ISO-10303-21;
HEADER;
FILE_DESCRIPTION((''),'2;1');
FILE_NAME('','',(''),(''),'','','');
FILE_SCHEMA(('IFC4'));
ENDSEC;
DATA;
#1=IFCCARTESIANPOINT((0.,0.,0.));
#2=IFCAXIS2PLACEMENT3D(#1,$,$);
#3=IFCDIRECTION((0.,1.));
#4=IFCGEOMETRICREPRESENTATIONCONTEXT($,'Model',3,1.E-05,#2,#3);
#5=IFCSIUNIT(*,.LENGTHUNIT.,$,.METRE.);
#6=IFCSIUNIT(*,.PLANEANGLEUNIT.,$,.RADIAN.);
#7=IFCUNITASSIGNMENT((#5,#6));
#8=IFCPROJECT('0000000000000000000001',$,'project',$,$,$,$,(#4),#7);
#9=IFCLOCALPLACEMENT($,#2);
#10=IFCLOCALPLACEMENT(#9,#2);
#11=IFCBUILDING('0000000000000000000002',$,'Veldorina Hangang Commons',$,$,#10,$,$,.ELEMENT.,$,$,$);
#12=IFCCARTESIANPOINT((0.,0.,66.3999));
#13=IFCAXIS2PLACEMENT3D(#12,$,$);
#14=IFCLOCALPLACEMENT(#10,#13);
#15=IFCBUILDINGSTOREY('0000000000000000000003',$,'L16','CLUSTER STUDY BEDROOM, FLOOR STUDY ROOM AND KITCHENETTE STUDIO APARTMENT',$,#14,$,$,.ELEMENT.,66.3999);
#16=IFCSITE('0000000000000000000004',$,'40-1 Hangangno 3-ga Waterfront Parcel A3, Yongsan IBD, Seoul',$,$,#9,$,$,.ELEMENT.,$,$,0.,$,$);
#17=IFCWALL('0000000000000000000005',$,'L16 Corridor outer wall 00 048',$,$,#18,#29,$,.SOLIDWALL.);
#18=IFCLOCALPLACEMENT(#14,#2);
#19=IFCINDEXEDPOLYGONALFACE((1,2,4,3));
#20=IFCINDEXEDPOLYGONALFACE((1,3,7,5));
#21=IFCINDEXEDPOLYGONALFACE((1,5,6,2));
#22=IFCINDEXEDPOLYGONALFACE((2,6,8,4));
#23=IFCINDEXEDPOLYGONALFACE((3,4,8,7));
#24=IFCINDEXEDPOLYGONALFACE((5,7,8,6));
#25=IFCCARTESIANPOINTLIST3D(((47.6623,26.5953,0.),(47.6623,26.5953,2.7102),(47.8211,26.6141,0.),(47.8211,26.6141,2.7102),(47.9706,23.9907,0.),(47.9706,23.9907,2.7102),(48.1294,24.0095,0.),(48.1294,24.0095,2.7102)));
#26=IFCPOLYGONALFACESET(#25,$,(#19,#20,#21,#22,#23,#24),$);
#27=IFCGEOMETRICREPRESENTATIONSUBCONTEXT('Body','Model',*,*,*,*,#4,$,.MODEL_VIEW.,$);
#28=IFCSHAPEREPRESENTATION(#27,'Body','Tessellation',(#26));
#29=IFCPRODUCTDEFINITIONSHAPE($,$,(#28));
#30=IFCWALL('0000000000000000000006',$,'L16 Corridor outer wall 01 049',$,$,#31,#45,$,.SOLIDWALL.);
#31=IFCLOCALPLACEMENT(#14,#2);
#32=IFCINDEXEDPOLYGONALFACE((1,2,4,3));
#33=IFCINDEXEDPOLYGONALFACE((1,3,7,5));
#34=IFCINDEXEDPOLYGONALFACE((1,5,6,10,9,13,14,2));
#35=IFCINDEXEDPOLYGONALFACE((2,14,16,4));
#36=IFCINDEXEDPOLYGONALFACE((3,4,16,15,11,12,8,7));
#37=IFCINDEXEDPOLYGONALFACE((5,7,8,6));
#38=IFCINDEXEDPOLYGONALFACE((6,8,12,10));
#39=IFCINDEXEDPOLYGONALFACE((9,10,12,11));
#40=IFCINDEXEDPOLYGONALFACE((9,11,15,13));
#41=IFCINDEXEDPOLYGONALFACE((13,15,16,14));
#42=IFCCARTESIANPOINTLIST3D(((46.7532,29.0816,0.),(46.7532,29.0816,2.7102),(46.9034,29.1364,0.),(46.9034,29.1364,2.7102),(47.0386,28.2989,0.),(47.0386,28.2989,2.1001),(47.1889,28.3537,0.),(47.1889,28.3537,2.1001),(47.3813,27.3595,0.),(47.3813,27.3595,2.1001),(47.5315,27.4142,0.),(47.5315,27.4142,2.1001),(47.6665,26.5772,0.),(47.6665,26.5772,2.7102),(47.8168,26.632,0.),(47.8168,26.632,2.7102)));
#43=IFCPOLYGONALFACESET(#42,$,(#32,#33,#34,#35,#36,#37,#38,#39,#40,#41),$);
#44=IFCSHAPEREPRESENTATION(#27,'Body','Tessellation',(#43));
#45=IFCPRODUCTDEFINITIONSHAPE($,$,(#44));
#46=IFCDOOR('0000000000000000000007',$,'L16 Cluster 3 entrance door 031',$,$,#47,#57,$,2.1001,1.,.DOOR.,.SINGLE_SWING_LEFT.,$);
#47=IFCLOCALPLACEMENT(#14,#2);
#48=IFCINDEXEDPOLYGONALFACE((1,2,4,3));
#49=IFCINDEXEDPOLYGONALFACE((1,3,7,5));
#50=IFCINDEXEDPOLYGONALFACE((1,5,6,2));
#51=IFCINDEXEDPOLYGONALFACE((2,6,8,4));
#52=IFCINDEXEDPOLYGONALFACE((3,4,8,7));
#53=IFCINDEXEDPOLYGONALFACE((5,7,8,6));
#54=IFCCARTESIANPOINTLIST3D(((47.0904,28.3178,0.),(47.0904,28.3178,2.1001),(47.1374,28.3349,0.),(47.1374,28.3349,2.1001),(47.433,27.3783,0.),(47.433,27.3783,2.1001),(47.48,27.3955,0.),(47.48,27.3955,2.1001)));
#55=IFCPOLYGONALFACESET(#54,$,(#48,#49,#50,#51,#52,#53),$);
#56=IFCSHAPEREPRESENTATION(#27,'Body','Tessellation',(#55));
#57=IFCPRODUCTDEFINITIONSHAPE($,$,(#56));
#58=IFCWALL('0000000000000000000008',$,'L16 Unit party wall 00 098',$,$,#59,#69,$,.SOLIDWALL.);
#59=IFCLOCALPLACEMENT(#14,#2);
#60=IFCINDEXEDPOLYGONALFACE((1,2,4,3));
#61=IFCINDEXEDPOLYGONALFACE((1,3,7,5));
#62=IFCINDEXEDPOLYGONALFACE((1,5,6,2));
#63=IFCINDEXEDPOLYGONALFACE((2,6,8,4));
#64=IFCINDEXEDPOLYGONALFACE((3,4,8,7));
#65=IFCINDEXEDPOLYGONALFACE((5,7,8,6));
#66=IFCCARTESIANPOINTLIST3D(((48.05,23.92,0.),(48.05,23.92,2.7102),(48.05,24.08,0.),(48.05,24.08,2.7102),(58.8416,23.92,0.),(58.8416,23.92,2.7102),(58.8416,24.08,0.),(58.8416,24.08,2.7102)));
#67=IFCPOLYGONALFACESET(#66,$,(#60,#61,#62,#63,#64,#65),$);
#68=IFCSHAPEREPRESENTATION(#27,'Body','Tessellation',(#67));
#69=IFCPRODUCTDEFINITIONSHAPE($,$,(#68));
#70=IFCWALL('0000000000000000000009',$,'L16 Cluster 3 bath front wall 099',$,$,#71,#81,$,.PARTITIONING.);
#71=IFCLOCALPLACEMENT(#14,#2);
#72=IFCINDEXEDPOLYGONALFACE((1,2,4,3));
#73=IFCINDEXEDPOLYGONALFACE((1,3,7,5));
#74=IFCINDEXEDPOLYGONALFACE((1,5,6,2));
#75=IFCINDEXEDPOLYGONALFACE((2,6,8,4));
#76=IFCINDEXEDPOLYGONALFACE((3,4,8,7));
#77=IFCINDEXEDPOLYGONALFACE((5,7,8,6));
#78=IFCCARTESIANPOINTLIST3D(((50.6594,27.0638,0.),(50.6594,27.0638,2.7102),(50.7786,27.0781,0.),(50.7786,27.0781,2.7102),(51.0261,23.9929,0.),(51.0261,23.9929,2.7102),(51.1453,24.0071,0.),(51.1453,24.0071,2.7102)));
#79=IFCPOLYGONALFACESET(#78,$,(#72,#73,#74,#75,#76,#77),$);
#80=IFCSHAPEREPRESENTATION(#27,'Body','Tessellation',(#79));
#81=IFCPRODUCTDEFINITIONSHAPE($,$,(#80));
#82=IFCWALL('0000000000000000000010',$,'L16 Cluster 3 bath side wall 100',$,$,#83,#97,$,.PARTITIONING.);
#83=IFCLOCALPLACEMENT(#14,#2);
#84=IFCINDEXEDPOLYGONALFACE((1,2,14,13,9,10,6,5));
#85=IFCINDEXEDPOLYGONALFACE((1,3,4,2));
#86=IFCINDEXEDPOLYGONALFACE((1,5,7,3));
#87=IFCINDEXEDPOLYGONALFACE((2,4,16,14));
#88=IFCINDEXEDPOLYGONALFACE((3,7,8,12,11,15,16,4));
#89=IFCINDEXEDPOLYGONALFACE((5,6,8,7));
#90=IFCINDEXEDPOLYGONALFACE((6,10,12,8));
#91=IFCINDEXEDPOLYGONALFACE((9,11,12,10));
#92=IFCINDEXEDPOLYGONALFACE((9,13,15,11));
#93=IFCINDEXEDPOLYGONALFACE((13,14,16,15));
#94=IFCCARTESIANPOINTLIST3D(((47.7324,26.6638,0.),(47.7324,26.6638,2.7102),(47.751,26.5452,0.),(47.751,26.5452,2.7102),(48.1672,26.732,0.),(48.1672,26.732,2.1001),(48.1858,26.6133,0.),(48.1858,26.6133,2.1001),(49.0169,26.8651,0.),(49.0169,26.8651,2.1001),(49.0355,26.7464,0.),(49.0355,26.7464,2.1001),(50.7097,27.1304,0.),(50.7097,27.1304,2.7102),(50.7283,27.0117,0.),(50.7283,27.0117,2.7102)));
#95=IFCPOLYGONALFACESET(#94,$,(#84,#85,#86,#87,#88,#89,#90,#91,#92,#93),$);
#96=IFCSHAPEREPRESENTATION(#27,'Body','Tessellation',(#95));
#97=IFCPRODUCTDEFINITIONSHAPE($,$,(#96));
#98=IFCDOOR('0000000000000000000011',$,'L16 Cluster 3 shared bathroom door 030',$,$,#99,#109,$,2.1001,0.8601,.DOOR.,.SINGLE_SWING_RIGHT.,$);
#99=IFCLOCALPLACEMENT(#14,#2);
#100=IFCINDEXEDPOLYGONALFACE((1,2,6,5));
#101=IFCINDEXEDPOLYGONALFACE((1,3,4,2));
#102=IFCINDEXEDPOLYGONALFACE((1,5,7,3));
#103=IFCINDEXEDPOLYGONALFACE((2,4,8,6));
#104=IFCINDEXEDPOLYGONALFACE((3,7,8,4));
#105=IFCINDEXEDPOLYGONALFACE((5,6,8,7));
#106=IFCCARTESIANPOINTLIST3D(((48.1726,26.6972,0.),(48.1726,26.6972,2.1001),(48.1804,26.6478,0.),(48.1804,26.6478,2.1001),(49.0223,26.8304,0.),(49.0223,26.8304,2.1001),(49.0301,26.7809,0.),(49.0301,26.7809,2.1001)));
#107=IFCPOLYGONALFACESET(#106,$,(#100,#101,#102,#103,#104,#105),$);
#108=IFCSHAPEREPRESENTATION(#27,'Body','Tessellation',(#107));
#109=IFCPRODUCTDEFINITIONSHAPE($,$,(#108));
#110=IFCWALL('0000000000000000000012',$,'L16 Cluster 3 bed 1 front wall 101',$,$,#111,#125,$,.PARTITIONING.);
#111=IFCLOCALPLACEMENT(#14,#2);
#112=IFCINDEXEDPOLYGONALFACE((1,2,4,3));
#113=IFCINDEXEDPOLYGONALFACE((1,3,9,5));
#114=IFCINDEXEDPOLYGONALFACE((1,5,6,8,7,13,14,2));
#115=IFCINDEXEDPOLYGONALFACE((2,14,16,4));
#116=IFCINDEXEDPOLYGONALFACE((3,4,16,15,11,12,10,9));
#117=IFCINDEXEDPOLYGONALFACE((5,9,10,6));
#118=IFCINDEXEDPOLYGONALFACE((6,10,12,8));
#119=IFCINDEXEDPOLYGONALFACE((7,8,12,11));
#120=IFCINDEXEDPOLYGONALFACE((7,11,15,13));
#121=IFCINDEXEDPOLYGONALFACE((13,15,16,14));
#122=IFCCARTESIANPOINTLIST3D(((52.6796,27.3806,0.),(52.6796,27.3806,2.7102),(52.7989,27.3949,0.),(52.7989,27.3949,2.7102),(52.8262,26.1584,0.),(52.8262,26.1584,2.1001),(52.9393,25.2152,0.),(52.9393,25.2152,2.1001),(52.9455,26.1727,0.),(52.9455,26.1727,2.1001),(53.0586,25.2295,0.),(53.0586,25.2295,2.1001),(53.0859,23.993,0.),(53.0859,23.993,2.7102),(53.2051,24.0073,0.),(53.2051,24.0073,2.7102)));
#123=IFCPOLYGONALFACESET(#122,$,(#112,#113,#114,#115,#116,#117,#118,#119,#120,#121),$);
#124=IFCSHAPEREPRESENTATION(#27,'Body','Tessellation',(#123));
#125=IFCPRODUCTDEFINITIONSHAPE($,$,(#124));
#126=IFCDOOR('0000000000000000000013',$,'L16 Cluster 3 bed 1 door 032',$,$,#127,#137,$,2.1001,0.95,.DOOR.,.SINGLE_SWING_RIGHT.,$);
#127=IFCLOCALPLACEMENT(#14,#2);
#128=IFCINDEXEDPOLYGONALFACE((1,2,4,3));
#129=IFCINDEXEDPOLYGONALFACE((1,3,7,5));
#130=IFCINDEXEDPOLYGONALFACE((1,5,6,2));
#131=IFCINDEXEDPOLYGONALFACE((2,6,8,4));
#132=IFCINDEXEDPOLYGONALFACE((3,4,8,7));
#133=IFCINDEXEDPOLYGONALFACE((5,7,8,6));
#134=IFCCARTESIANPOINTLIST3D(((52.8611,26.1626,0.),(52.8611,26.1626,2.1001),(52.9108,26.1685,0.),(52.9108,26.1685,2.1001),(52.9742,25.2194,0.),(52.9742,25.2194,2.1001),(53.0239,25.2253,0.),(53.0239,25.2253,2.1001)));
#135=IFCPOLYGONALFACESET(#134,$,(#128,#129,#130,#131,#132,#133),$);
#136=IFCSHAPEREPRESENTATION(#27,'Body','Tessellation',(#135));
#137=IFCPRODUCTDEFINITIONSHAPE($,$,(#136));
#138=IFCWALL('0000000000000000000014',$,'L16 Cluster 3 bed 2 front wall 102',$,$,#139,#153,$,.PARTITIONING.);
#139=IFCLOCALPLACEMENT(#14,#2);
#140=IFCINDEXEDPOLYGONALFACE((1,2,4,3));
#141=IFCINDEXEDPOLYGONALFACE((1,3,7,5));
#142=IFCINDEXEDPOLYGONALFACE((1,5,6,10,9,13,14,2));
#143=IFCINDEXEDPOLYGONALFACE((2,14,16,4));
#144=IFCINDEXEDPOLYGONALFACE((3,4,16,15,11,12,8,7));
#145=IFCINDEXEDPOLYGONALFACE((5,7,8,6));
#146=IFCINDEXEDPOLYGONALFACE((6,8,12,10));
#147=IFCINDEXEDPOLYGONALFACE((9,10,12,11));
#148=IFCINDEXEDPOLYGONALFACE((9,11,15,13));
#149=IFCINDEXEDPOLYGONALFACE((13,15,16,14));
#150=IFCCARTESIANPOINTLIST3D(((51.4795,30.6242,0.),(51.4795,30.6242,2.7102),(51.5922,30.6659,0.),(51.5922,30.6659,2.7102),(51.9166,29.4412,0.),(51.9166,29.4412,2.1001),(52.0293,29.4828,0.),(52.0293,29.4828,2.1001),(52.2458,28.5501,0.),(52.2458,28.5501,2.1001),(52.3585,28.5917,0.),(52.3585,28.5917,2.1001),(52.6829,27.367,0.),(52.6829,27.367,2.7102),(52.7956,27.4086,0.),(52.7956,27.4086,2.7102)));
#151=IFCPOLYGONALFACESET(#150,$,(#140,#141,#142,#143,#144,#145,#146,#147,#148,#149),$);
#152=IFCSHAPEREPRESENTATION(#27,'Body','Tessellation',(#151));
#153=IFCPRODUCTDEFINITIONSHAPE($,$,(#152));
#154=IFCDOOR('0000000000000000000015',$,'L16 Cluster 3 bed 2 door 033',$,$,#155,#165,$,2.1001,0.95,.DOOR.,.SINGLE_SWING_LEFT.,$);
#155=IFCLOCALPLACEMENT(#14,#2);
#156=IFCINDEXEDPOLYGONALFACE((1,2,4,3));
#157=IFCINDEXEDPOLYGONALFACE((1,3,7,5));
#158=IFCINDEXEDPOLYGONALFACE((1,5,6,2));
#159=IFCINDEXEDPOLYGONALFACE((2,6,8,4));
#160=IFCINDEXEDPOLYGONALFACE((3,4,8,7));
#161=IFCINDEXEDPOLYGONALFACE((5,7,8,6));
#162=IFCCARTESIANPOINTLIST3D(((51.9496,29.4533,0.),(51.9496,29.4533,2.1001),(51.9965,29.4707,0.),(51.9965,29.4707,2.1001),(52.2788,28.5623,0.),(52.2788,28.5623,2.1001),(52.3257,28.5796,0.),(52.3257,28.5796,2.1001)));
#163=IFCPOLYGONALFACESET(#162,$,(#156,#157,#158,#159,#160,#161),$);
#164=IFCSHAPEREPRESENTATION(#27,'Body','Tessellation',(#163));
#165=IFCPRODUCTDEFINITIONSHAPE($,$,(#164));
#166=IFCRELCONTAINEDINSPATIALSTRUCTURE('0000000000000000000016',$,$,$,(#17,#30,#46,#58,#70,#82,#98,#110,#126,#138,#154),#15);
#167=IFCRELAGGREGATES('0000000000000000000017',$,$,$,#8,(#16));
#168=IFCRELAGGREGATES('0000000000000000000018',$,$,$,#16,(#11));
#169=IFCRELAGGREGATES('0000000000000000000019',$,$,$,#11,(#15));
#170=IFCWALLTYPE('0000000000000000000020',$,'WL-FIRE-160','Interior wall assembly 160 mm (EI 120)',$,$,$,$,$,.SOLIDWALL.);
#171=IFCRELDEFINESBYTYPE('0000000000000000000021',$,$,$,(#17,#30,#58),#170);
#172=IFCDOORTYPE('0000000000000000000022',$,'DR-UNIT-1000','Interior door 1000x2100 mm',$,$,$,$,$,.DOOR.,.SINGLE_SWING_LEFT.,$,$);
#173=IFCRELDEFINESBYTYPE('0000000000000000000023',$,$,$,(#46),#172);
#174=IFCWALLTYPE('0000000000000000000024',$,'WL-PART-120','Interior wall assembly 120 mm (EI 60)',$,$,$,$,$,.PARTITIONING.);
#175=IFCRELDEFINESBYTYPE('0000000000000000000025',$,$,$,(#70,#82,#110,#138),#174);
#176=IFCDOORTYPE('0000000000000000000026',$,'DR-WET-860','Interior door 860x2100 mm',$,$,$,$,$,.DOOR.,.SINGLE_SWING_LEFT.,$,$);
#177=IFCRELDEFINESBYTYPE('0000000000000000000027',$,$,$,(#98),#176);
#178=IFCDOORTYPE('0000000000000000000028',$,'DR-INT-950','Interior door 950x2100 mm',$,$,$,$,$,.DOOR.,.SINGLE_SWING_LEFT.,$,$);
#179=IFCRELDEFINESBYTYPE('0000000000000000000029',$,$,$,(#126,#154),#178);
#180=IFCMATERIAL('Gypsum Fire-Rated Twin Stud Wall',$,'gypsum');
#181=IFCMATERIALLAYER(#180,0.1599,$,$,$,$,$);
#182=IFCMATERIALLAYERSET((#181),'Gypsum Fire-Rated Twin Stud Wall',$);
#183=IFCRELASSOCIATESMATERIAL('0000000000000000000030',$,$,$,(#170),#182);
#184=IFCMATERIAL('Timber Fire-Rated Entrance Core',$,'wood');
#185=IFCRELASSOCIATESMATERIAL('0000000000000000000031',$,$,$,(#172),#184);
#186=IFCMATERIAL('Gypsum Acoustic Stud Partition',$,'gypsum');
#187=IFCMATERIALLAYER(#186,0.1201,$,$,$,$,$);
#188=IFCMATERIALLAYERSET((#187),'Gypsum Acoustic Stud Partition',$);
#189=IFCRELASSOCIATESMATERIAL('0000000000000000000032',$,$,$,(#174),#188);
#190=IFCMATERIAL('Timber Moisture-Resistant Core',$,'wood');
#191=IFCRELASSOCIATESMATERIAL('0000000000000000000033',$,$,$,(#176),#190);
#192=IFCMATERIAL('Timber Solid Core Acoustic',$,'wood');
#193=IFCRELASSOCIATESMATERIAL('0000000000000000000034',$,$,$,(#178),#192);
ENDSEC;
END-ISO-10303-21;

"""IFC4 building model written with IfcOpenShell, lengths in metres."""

from ifc_helpers import new_model, si_unit, direction, frame, frame_2d, origin, place, context, subcontext, project, spatial, rectangle, extrude, material, layer, layer_set, type_object, element, fill, save


model = new_model("IFC4")

# Units and contexts
model_context = context("Model", 3, precision=1e-05, world=origin(), true_north=direction((0.0, 1.0)))
body_context = subcontext(model_context, "Body", "Model", "MODEL_VIEW")
ifc_project = project(units=[si_unit("LENGTHUNIT", "METRE"), si_unit("PLANEANGLEUNIT", "RADIAN")], contexts=[model_context])

# Site, building, storey
site_placement = place(None, origin())
site = spatial("IfcSite", under=ifc_project, at=site_placement, Name="40-1 Hangangno 3-ga Waterfront Parcel A3, Yongsan IBD, Seoul", CompositionType="ELEMENT", RefElevation=0.0)
building_placement = place(site_placement, origin())
building = spatial("IfcBuilding", under=site, at=building_placement, Name="Veldorina Hangang Commons", CompositionType="ELEMENT")
storey_placement = place(building_placement, frame((0.0, 0.0, 66.3999)))
storey = spatial("IfcBuildingStorey", under=building, at=storey_placement, Name="L16", Description="CLUSTER STUDY BEDROOM, FLOOR STUDY ROOM AND KITCHENETTE STUDIO APARTMENT", CompositionType="ELEMENT", Elevation=66.3999)

# Wall
ifc_material_1 = material(Name="Gypsum Fire-Rated Twin Stud Wall", Category="gypsum")
ifc_layer_1 = layer(ifc_material_1, 0.1599)
ifc_layer_set_1 = layer_set([ifc_layer_1], Name="Gypsum Fire-Rated Twin Stud Wall")
wall_type_1 = type_object("IfcWallType", Name="WL-FIRE-160", Description="Interior wall assembly 160 mm (EI 120)", PredefinedType="SOLIDWALL", material=ifc_layer_set_1)
wall_1_placement = place(storey_placement, frame((48.05, 24.0, 0.0), z_axis=(0.0, 0.0, 1.0), x_axis=(-0.11757, 0.993065, 0.0)))
element("IfcWall", 1, at=wall_1_placement, inside=storey, type_object=wall_type_1, Name="L16 Corridor outer wall 00 048", PredefinedType="SOLIDWALL", context=body_context, shape_type="SweptSolid", body=[
    extrude(rectangle(XDim=2.6228, YDim=0.1599, at=frame_2d((1.3115, 0.0))), origin(), (0.0, 0.0, 1.0), 2.7102),
])

# Wall, opening, door
wall_2_placement = place(storey_placement, frame((47.7417, 26.6045, 0.0), z_axis=(0.0, 0.0, 1.0), x_axis=(-0.342618, 0.939475, 0.0)))
wall_2 = element("IfcWall", 2, at=wall_2_placement, inside=storey, type_object=wall_type_1, Name="L16 Corridor outer wall 01 049", PredefinedType="SOLIDWALL", context=body_context, shape_type="SweptSolid", body=[
    extrude(rectangle(XDim=2.6658, YDim=0.1599, at=frame_2d((1.333, 0.0))), origin(), (0.0, 0.0, 1.0), 2.7102),
])
opening_1_placement = place(wall_2_placement, frame((0.8328, 0.0, 0.0)))
opening_1 = element("IfcOpeningElement", 3, at=opening_1_placement, cuts=wall_2, PredefinedType="OPENING", context=body_context, shape_type="SweptSolid", body=[
    extrude(rectangle(XDim=1.0, YDim=2.1001, at=frame_2d((0.5, 1.05))), frame((0.0, 0.0898, 0.0), z_axis=(0.0, -1.0, 0.0), x_axis=(1.0, 0.0, 0.0)), (0.0, 0.0, 1.0), 0.1799),
])
ifc_material_2 = material(Name="Timber Fire-Rated Entrance Core", Category="wood")
door_type_1 = type_object("IfcDoorType", Name="DR-UNIT-1000", Description="Interior door 1000x2100 mm", OperationType="SINGLE_SWING_LEFT", PredefinedType="DOOR", material=ifc_material_2)
door_1_placement = place(opening_1_placement, origin())
door_1 = element("IfcDoor", 4, at=door_1_placement, inside=storey, type_object=door_type_1, Name="L16 Cluster 3 entrance door 031", OperationType="SINGLE_SWING_LEFT", OverallHeight=2.1001, OverallWidth=1.0, PredefinedType="DOOR", context=body_context, shape_type="SweptSolid", body=[
    extrude(rectangle(XDim=1.0, YDim=2.1001, at=frame_2d((0.5, 1.05))), frame((0.0, 0.0249, 0.0), z_axis=(0.0, -1.0, 0.0), x_axis=(1.0, 0.0, 0.0)), (0.0, 0.0, 1.0), 0.05),
])
fill(opening_1, door_1)

# Walls
wall_3_placement = place(storey_placement, frame((48.05, 24.0, 0.0), z_axis=(0.0, 0.0, 1.0), x_axis=(1.0, 0.0, 0.0)))
element("IfcWall", 5, at=wall_3_placement, inside=storey, type_object=wall_type_1, Name="L16 Unit party wall 00 098", PredefinedType="SOLIDWALL", context=body_context, shape_type="SweptSolid", body=[
    extrude(rectangle(XDim=10.7915, YDim=0.1599, at=frame_2d((5.3958, 0.0))), origin(), (0.0, 0.0, 1.0), 2.7102),
])
ifc_material_3 = material(Name="Gypsum Acoustic Stud Partition", Category="gypsum")
ifc_layer_2 = layer(ifc_material_3, 0.1201)
ifc_layer_set_2 = layer_set([ifc_layer_2], Name="Gypsum Acoustic Stud Partition")
wall_type_2 = type_object("IfcWallType", Name="WL-PART-120", Description="Interior wall assembly 120 mm (EI 60)", PredefinedType="PARTITIONING", material=ifc_layer_set_2)
wall_4_placement = place(storey_placement, frame((51.0857, 24.0, 0.0), z_axis=(0.0, 0.0, 1.0), x_axis=(-0.118563, 0.992947, 0.0)))
element("IfcWall", 6, at=wall_4_placement, inside=storey, type_object=wall_type_2, Name="L16 Cluster 3 bath front wall 099", PredefinedType="PARTITIONING", context=body_context, shape_type="SweptSolid", body=[
    extrude(rectangle(XDim=3.0928, YDim=0.1201, at=frame_2d((1.5464, 0.0))), origin(), (0.0, 0.0, 1.0), 2.7102),
])

# Walls, openings, doors
wall_5_placement = place(storey_placement, frame((47.7417, 26.6045, 0.0), z_axis=(0.0, 0.0, 1.0), x_axis=(0.987944, 0.154814, 0.0)))
wall_5 = element("IfcWall", 7, at=wall_5_placement, inside=storey, type_object=wall_type_2, Name="L16 Cluster 3 bath side wall 100", PredefinedType="PARTITIONING", context=body_context, shape_type="SweptSolid", body=[
    extrude(rectangle(XDim=3.0137, YDim=0.1201, at=frame_2d((1.5068, 0.0))), origin(), (0.0, 0.0, 1.0), 2.7102),
])
opening_2_placement = place(wall_5_placement, frame((0.4399, 0.0, 0.0)))
opening_2 = element("IfcOpeningElement", 8, at=opening_2_placement, cuts=wall_5, PredefinedType="OPENING", context=body_context, shape_type="SweptSolid", body=[
    extrude(rectangle(XDim=0.8601, YDim=2.1001, at=frame_2d((0.4302, 1.05))), frame((0.0, 0.0701, 0.0), z_axis=(0.0, -1.0, 0.0), x_axis=(1.0, 0.0, 0.0)), (0.0, 0.0, 1.0), 0.1401),
])
ifc_material_4 = material(Name="Timber Moisture-Resistant Core", Category="wood")
door_type_2 = type_object("IfcDoorType", Name="DR-WET-860", Description="Interior door 860x2100 mm", OperationType="SINGLE_SWING_LEFT", PredefinedType="DOOR", material=ifc_material_4)
door_2_placement = place(opening_2_placement, origin())
door_2 = element("IfcDoor", 9, at=door_2_placement, inside=storey, type_object=door_type_2, Name="L16 Cluster 3 shared bathroom door 030", OperationType="SINGLE_SWING_RIGHT", OverallHeight=2.1001, OverallWidth=0.8601, PredefinedType="DOOR", context=body_context, shape_type="SweptSolid", body=[
    extrude(rectangle(XDim=0.8601, YDim=2.1001, at=frame_2d((0.4302, 1.05))), frame((0.0, 0.0249, 0.0), z_axis=(0.0, -1.0, 0.0), x_axis=(1.0, 0.0, 0.0)), (0.0, 0.0, 1.0), 0.05),
])
fill(opening_2, door_2)
wall_6_placement = place(storey_placement, frame((53.1455, 24.0, 0.0), z_axis=(0.0, 0.0, 1.0), x_axis=(-0.119066, 0.992886, 0.0)))
wall_6 = element("IfcWall", 10, at=wall_6_placement, inside=storey, type_object=wall_type_2, Name="L16 Cluster 3 bed 1 front wall 101", PredefinedType="PARTITIONING", context=body_context, shape_type="SweptSolid", body=[
    extrude(rectangle(XDim=3.4119, YDim=0.1201, at=frame_2d((1.7061, 0.0))), origin(), (0.0, 0.0, 1.0), 2.7102),
])
opening_3_placement = place(wall_6_placement, frame((1.231, 0.0, 0.0)))
opening_3 = element("IfcOpeningElement", 11, at=opening_3_placement, cuts=wall_6, PredefinedType="OPENING", context=body_context, shape_type="SweptSolid", body=[
    extrude(rectangle(XDim=0.95, YDim=2.1001, at=frame_2d((0.4751, 1.05))), frame((0.0, 0.0701, 0.0), z_axis=(0.0, -1.0, 0.0), x_axis=(1.0, 0.0, 0.0)), (0.0, 0.0, 1.0), 0.1401),
])
ifc_material_5 = material(Name="Timber Solid Core Acoustic", Category="wood")
door_type_3 = type_object("IfcDoorType", Name="DR-INT-950", Description="Interior door 950x2100 mm", OperationType="SINGLE_SWING_LEFT", PredefinedType="DOOR", material=ifc_material_5)
door_3_placement = place(opening_3_placement, origin())
door_3 = element("IfcDoor", 12, at=door_3_placement, inside=storey, type_object=door_type_3, Name="L16 Cluster 3 bed 1 door 032", OperationType="SINGLE_SWING_RIGHT", OverallHeight=2.1001, OverallWidth=0.95, PredefinedType="DOOR", context=body_context, shape_type="SweptSolid", body=[
    extrude(rectangle(XDim=0.95, YDim=2.1001, at=frame_2d((0.4751, 1.05))), frame((0.0, 0.0249, 0.0), z_axis=(0.0, -1.0, 0.0), x_axis=(1.0, 0.0, 0.0)), (0.0, 0.0, 1.0), 0.05),
])
fill(opening_3, door_3)
wall_7_placement = place(storey_placement, frame((52.7393, 27.3877, 0.0), z_axis=(0.0, 0.0, 1.0), x_axis=(-0.346543, 0.938034, 0.0)))
wall_7 = element("IfcWall", 13, at=wall_7_placement, inside=storey, type_object=wall_type_2, Name="L16 Cluster 3 bed 2 front wall 102", PredefinedType="PARTITIONING", context=body_context, shape_type="SweptSolid", body=[
    extrude(rectangle(XDim=3.4724, YDim=0.1201, at=frame_2d((1.7363, 0.0))), origin(), (0.0, 0.0, 1.0), 2.7102),
])
opening_4_placement = place(wall_7_placement, frame((1.2612, 0.0, 0.0)))
opening_4 = element("IfcOpeningElement", 14, at=opening_4_placement, cuts=wall_7, PredefinedType="OPENING", context=body_context, shape_type="SweptSolid", body=[
    extrude(rectangle(XDim=0.95, YDim=2.1001, at=frame_2d((0.4751, 1.05))), frame((0.0, 0.0701, 0.0), z_axis=(0.0, -1.0, 0.0), x_axis=(1.0, 0.0, 0.0)), (0.0, 0.0, 1.0), 0.1401),
])
door_4_placement = place(opening_4_placement, origin())
door_4 = element("IfcDoor", 15, at=door_4_placement, inside=storey, type_object=door_type_3, Name="L16 Cluster 3 bed 2 door 033", OperationType="SINGLE_SWING_LEFT", OverallHeight=2.1001, OverallWidth=0.95, PredefinedType="DOOR", context=body_context, shape_type="SweptSolid", body=[
    extrude(rectangle(XDim=0.95, YDim=2.1001, at=frame_2d((0.4751, 1.05))), frame((0.0, 0.0249, 0.0), z_axis=(0.0, -1.0, 0.0), x_axis=(1.0, 0.0, 0.0)), (0.0, 0.0, 1.0), 0.05),
])
fill(opening_4, door_4)

save(model, "model.ifc")
